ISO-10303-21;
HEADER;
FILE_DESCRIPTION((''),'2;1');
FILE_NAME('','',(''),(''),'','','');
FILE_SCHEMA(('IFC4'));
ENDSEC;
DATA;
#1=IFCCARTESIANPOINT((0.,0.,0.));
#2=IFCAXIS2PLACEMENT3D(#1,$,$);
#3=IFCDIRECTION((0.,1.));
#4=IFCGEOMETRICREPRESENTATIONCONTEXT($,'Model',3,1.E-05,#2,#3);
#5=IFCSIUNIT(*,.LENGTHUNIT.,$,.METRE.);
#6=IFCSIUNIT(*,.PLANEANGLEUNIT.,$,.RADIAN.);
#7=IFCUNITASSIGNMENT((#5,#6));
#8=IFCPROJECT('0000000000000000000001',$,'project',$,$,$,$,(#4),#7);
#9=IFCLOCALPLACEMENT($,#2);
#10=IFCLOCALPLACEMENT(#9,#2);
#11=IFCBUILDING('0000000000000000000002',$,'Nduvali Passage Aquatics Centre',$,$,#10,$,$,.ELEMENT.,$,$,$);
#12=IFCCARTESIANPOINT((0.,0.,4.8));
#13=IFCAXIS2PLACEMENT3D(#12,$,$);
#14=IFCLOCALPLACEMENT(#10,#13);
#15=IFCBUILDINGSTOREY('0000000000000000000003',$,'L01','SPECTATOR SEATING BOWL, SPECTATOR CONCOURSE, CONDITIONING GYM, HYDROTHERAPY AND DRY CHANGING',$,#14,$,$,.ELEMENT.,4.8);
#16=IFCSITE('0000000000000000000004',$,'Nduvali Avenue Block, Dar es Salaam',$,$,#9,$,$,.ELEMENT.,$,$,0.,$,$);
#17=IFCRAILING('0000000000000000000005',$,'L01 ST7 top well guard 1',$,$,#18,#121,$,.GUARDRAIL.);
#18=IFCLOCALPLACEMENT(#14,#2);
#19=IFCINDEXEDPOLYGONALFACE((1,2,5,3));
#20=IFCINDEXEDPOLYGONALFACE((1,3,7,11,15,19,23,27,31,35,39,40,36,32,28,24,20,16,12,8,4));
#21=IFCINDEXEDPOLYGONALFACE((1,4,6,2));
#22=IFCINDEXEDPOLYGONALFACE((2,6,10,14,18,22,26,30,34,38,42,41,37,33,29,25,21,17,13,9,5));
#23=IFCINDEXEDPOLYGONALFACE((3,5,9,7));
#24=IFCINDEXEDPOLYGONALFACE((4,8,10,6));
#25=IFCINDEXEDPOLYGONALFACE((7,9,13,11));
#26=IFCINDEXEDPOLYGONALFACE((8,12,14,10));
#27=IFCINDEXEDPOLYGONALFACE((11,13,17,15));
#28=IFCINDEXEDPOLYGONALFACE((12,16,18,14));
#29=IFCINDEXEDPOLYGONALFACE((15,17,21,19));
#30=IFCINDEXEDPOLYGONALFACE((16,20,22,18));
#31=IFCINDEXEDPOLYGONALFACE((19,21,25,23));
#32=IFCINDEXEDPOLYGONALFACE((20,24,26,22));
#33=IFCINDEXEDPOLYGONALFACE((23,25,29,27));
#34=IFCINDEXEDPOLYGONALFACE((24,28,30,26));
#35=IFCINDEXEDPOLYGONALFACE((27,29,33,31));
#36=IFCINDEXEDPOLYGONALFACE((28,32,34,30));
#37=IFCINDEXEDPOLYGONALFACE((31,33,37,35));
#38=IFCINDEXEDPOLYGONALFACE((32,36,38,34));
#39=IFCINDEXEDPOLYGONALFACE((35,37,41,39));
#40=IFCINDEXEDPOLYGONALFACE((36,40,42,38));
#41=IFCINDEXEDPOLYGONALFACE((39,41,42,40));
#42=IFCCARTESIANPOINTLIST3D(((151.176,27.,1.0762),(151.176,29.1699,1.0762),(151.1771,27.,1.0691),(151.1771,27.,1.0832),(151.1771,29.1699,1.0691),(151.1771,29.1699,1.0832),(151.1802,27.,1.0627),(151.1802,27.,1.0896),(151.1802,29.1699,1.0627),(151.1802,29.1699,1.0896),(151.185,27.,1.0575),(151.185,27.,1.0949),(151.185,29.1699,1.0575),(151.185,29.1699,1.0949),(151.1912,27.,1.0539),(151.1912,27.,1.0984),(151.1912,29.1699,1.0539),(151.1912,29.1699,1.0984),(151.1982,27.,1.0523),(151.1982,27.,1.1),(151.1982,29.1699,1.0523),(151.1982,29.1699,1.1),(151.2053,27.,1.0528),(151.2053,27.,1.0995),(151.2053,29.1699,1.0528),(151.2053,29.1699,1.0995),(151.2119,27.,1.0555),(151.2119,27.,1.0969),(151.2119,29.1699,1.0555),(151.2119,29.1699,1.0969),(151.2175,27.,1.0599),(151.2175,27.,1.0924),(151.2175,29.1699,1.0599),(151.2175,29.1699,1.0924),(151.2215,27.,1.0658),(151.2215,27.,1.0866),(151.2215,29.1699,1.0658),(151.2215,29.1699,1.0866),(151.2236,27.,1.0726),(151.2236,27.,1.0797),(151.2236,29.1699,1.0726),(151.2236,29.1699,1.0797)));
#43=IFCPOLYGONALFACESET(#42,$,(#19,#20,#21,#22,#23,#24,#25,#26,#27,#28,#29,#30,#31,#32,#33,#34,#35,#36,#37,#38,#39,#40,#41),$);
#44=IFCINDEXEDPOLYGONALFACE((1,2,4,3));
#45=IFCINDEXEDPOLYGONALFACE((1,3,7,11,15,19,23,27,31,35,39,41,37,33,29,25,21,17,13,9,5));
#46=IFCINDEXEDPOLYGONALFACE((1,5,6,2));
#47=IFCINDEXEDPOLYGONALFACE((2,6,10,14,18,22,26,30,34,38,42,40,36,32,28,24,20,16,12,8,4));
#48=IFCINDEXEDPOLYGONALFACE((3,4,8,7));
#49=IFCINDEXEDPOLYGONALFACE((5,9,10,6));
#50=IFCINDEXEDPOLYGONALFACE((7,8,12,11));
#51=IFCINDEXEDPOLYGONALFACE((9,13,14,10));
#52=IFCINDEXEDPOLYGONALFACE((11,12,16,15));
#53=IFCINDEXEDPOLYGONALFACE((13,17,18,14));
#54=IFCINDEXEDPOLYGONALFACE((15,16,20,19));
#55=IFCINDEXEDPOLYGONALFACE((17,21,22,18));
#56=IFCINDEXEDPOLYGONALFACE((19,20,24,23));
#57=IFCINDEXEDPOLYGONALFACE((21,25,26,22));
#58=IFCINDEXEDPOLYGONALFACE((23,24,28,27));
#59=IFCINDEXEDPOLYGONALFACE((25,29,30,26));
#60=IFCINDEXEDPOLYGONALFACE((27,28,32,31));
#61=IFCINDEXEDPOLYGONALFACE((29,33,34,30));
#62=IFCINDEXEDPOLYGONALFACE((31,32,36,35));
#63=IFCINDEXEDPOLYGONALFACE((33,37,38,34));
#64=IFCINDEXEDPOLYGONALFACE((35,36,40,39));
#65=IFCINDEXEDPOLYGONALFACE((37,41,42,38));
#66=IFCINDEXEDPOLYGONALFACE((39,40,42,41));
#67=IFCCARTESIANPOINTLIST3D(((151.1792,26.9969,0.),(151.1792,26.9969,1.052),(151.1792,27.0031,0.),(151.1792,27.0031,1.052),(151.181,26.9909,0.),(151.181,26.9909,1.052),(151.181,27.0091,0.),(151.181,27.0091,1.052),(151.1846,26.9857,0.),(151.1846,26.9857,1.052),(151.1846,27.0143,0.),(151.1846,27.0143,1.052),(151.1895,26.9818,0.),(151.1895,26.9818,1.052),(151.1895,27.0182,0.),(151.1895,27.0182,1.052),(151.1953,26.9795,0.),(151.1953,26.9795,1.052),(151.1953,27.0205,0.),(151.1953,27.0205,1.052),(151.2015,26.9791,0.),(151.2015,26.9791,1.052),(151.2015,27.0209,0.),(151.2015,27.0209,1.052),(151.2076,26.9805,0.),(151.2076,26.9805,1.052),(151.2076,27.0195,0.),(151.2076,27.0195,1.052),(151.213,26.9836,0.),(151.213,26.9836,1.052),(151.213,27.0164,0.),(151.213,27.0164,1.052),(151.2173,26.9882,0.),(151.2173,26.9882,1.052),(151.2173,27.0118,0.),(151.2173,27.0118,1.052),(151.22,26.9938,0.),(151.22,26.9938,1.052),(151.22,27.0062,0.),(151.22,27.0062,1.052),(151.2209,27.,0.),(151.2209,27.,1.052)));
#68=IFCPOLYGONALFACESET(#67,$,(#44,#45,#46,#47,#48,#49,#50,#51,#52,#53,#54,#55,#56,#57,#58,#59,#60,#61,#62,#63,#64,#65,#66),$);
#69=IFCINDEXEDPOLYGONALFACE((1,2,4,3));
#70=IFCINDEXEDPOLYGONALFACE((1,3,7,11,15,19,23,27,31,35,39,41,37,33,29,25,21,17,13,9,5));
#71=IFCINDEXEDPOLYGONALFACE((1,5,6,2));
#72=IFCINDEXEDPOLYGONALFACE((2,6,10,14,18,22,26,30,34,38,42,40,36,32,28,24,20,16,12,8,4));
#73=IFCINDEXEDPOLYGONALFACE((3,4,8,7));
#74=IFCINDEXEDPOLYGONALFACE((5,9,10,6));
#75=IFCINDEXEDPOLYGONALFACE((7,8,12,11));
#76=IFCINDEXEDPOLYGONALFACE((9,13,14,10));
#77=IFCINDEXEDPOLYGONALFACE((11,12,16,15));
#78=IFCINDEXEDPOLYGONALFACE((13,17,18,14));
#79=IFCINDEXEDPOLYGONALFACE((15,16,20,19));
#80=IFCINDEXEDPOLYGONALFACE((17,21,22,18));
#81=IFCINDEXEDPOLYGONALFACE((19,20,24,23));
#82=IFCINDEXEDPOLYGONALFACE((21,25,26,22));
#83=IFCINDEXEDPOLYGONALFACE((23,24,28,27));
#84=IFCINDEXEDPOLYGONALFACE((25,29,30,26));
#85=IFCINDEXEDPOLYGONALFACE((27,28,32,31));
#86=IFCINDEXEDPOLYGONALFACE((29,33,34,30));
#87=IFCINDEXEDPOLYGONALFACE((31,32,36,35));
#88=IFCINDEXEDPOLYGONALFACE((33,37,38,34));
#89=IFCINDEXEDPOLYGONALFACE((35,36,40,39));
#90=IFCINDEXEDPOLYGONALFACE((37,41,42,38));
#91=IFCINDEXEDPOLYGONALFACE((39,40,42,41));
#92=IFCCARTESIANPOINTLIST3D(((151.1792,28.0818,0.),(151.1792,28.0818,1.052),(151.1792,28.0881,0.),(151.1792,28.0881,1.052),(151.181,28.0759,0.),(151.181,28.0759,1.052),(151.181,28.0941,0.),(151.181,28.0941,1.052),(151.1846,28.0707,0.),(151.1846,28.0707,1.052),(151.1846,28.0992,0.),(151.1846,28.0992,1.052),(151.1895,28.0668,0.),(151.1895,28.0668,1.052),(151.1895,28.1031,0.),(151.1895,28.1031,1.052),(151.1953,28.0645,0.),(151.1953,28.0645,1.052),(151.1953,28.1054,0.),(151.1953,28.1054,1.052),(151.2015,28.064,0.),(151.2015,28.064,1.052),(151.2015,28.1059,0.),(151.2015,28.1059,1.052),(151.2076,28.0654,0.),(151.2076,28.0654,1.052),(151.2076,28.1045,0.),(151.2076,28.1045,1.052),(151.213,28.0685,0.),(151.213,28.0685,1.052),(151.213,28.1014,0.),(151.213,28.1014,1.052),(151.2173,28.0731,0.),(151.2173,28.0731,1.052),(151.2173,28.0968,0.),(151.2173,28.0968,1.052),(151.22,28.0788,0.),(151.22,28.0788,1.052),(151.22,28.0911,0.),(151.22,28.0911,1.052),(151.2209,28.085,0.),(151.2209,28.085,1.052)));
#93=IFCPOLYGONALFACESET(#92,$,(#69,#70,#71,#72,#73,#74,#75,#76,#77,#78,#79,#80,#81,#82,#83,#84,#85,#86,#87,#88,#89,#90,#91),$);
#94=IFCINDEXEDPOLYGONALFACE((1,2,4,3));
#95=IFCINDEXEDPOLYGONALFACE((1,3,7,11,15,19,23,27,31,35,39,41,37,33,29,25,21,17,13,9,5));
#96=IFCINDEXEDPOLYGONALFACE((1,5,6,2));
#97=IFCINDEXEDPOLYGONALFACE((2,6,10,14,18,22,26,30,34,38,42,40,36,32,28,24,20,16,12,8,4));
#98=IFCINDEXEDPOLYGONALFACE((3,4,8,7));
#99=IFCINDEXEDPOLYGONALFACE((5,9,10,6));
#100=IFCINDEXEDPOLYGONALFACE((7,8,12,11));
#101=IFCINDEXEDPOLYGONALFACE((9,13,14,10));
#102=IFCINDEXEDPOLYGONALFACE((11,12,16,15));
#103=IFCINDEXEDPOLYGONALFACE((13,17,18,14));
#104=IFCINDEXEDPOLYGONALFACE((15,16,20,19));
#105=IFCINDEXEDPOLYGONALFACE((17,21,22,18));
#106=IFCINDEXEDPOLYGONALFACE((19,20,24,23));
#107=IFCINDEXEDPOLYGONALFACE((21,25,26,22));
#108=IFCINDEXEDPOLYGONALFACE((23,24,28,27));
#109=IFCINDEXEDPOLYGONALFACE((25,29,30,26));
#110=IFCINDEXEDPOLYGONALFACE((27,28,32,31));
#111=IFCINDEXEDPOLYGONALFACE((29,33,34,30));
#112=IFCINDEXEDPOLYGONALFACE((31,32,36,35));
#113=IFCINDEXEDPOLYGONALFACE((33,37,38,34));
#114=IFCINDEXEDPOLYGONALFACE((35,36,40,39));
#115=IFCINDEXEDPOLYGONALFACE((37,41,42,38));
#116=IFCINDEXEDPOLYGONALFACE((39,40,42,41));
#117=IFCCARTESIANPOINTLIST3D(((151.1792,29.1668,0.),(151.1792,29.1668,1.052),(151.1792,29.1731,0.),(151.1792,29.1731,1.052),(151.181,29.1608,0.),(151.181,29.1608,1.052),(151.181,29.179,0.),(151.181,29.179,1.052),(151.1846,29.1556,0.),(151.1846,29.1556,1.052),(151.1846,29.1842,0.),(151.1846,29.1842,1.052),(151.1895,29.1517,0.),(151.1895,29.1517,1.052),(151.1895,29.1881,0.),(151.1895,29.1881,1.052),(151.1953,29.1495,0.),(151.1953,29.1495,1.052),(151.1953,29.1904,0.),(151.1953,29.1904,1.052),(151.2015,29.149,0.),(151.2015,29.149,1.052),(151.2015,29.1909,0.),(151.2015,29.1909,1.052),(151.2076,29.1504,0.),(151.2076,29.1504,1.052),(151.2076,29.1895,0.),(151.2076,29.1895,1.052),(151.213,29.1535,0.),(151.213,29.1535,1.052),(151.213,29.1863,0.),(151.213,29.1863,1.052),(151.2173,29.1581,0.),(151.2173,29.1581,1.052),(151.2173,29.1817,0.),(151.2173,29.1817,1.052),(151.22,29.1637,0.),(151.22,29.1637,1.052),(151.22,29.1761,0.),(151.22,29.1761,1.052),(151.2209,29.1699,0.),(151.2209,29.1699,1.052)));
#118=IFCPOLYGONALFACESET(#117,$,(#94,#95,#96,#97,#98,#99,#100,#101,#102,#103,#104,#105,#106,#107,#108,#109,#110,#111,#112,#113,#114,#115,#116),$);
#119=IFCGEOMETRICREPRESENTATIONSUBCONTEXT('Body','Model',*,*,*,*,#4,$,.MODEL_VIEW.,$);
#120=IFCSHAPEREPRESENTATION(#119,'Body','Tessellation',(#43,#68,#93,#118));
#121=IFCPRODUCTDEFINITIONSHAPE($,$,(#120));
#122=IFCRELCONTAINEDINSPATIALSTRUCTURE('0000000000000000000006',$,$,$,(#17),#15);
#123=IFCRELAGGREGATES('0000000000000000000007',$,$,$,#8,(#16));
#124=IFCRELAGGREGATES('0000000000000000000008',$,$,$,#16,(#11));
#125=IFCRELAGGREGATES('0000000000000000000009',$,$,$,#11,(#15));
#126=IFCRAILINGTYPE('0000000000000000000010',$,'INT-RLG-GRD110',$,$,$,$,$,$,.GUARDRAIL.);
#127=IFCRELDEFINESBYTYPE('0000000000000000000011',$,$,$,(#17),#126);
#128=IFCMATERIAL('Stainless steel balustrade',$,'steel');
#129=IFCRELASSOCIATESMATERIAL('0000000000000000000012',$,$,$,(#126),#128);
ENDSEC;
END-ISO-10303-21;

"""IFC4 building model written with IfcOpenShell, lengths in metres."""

from ifc_helpers import new_model, si_unit, direction, frame, origin, origin_2d, place, context, subcontext, project, spatial, circle, extrude, material, type_object, element, save


model = new_model("IFC4")

# Units and contexts
model_context = context("Model", 3, precision=1e-05, world=origin(), true_north=direction((0.0, 1.0)))
body_context = subcontext(model_context, "Body", "Model", "MODEL_VIEW")
ifc_project = project(units=[si_unit("LENGTHUNIT", "METRE"), si_unit("PLANEANGLEUNIT", "RADIAN")], contexts=[model_context])

# Site, building, storey
site_placement = place(None, origin())
site = spatial("IfcSite", under=ifc_project, at=site_placement, Name="Nduvali Avenue Block, Dar es Salaam", CompositionType="ELEMENT", RefElevation=0.0)
building_placement = place(site_placement, origin())
building = spatial("IfcBuilding", under=site, at=building_placement, Name="Nduvali Passage Aquatics Centre", CompositionType="ELEMENT")
storey_placement = place(building_placement, frame((0.0, 0.0, 4.8)))
storey = spatial("IfcBuildingStorey", under=building, at=storey_placement, Name="L01", Description="SPECTATOR SEATING BOWL, SPECTATOR CONCOURSE, CONDITIONING GYM, HYDROTHERAPY AND DRY CHANGING", CompositionType="ELEMENT", Elevation=4.8)

# Railing
ifc_material_1 = material(Name="Stainless steel balustrade", Category="steel")
railing_type = type_object("IfcRailingType", Name="INT-RLG-GRD110", PredefinedType="GUARDRAIL", material=ifc_material_1)
railing_placement = place(storey_placement, frame((151.2, 27.0, 0.0)))
element("IfcRailing", 1, at=railing_placement, inside=storey, type_object=railing_type, Name="L01 ST7 top well guard 1", PredefinedType="GUARDRAIL", context=body_context, shape_type="SweptSolid", body=[
    extrude(circle(Radius=0.0239, at=origin_2d()), frame((0.0, 0.0, 1.0762), z_axis=(0.0, 1.0, 0.0), x_axis=(-1.0, 0.0, 0.0)), (0.0, 0.0, 1.0), 2.1699),
    extrude(circle(Radius=0.021, at=origin_2d()), origin(), (0.0, 0.0, 1.0), 1.052),
    extrude(circle(Radius=0.021, at=origin_2d()), frame((0.0, 1.085, 0.0)), (0.0, 0.0, 1.0), 1.052),
    extrude(circle(Radius=0.021, at=origin_2d()), frame((0.0, 2.1699, 0.0)), (0.0, 0.0, 1.0), 1.052),
])

save(model, "model.ifc")
